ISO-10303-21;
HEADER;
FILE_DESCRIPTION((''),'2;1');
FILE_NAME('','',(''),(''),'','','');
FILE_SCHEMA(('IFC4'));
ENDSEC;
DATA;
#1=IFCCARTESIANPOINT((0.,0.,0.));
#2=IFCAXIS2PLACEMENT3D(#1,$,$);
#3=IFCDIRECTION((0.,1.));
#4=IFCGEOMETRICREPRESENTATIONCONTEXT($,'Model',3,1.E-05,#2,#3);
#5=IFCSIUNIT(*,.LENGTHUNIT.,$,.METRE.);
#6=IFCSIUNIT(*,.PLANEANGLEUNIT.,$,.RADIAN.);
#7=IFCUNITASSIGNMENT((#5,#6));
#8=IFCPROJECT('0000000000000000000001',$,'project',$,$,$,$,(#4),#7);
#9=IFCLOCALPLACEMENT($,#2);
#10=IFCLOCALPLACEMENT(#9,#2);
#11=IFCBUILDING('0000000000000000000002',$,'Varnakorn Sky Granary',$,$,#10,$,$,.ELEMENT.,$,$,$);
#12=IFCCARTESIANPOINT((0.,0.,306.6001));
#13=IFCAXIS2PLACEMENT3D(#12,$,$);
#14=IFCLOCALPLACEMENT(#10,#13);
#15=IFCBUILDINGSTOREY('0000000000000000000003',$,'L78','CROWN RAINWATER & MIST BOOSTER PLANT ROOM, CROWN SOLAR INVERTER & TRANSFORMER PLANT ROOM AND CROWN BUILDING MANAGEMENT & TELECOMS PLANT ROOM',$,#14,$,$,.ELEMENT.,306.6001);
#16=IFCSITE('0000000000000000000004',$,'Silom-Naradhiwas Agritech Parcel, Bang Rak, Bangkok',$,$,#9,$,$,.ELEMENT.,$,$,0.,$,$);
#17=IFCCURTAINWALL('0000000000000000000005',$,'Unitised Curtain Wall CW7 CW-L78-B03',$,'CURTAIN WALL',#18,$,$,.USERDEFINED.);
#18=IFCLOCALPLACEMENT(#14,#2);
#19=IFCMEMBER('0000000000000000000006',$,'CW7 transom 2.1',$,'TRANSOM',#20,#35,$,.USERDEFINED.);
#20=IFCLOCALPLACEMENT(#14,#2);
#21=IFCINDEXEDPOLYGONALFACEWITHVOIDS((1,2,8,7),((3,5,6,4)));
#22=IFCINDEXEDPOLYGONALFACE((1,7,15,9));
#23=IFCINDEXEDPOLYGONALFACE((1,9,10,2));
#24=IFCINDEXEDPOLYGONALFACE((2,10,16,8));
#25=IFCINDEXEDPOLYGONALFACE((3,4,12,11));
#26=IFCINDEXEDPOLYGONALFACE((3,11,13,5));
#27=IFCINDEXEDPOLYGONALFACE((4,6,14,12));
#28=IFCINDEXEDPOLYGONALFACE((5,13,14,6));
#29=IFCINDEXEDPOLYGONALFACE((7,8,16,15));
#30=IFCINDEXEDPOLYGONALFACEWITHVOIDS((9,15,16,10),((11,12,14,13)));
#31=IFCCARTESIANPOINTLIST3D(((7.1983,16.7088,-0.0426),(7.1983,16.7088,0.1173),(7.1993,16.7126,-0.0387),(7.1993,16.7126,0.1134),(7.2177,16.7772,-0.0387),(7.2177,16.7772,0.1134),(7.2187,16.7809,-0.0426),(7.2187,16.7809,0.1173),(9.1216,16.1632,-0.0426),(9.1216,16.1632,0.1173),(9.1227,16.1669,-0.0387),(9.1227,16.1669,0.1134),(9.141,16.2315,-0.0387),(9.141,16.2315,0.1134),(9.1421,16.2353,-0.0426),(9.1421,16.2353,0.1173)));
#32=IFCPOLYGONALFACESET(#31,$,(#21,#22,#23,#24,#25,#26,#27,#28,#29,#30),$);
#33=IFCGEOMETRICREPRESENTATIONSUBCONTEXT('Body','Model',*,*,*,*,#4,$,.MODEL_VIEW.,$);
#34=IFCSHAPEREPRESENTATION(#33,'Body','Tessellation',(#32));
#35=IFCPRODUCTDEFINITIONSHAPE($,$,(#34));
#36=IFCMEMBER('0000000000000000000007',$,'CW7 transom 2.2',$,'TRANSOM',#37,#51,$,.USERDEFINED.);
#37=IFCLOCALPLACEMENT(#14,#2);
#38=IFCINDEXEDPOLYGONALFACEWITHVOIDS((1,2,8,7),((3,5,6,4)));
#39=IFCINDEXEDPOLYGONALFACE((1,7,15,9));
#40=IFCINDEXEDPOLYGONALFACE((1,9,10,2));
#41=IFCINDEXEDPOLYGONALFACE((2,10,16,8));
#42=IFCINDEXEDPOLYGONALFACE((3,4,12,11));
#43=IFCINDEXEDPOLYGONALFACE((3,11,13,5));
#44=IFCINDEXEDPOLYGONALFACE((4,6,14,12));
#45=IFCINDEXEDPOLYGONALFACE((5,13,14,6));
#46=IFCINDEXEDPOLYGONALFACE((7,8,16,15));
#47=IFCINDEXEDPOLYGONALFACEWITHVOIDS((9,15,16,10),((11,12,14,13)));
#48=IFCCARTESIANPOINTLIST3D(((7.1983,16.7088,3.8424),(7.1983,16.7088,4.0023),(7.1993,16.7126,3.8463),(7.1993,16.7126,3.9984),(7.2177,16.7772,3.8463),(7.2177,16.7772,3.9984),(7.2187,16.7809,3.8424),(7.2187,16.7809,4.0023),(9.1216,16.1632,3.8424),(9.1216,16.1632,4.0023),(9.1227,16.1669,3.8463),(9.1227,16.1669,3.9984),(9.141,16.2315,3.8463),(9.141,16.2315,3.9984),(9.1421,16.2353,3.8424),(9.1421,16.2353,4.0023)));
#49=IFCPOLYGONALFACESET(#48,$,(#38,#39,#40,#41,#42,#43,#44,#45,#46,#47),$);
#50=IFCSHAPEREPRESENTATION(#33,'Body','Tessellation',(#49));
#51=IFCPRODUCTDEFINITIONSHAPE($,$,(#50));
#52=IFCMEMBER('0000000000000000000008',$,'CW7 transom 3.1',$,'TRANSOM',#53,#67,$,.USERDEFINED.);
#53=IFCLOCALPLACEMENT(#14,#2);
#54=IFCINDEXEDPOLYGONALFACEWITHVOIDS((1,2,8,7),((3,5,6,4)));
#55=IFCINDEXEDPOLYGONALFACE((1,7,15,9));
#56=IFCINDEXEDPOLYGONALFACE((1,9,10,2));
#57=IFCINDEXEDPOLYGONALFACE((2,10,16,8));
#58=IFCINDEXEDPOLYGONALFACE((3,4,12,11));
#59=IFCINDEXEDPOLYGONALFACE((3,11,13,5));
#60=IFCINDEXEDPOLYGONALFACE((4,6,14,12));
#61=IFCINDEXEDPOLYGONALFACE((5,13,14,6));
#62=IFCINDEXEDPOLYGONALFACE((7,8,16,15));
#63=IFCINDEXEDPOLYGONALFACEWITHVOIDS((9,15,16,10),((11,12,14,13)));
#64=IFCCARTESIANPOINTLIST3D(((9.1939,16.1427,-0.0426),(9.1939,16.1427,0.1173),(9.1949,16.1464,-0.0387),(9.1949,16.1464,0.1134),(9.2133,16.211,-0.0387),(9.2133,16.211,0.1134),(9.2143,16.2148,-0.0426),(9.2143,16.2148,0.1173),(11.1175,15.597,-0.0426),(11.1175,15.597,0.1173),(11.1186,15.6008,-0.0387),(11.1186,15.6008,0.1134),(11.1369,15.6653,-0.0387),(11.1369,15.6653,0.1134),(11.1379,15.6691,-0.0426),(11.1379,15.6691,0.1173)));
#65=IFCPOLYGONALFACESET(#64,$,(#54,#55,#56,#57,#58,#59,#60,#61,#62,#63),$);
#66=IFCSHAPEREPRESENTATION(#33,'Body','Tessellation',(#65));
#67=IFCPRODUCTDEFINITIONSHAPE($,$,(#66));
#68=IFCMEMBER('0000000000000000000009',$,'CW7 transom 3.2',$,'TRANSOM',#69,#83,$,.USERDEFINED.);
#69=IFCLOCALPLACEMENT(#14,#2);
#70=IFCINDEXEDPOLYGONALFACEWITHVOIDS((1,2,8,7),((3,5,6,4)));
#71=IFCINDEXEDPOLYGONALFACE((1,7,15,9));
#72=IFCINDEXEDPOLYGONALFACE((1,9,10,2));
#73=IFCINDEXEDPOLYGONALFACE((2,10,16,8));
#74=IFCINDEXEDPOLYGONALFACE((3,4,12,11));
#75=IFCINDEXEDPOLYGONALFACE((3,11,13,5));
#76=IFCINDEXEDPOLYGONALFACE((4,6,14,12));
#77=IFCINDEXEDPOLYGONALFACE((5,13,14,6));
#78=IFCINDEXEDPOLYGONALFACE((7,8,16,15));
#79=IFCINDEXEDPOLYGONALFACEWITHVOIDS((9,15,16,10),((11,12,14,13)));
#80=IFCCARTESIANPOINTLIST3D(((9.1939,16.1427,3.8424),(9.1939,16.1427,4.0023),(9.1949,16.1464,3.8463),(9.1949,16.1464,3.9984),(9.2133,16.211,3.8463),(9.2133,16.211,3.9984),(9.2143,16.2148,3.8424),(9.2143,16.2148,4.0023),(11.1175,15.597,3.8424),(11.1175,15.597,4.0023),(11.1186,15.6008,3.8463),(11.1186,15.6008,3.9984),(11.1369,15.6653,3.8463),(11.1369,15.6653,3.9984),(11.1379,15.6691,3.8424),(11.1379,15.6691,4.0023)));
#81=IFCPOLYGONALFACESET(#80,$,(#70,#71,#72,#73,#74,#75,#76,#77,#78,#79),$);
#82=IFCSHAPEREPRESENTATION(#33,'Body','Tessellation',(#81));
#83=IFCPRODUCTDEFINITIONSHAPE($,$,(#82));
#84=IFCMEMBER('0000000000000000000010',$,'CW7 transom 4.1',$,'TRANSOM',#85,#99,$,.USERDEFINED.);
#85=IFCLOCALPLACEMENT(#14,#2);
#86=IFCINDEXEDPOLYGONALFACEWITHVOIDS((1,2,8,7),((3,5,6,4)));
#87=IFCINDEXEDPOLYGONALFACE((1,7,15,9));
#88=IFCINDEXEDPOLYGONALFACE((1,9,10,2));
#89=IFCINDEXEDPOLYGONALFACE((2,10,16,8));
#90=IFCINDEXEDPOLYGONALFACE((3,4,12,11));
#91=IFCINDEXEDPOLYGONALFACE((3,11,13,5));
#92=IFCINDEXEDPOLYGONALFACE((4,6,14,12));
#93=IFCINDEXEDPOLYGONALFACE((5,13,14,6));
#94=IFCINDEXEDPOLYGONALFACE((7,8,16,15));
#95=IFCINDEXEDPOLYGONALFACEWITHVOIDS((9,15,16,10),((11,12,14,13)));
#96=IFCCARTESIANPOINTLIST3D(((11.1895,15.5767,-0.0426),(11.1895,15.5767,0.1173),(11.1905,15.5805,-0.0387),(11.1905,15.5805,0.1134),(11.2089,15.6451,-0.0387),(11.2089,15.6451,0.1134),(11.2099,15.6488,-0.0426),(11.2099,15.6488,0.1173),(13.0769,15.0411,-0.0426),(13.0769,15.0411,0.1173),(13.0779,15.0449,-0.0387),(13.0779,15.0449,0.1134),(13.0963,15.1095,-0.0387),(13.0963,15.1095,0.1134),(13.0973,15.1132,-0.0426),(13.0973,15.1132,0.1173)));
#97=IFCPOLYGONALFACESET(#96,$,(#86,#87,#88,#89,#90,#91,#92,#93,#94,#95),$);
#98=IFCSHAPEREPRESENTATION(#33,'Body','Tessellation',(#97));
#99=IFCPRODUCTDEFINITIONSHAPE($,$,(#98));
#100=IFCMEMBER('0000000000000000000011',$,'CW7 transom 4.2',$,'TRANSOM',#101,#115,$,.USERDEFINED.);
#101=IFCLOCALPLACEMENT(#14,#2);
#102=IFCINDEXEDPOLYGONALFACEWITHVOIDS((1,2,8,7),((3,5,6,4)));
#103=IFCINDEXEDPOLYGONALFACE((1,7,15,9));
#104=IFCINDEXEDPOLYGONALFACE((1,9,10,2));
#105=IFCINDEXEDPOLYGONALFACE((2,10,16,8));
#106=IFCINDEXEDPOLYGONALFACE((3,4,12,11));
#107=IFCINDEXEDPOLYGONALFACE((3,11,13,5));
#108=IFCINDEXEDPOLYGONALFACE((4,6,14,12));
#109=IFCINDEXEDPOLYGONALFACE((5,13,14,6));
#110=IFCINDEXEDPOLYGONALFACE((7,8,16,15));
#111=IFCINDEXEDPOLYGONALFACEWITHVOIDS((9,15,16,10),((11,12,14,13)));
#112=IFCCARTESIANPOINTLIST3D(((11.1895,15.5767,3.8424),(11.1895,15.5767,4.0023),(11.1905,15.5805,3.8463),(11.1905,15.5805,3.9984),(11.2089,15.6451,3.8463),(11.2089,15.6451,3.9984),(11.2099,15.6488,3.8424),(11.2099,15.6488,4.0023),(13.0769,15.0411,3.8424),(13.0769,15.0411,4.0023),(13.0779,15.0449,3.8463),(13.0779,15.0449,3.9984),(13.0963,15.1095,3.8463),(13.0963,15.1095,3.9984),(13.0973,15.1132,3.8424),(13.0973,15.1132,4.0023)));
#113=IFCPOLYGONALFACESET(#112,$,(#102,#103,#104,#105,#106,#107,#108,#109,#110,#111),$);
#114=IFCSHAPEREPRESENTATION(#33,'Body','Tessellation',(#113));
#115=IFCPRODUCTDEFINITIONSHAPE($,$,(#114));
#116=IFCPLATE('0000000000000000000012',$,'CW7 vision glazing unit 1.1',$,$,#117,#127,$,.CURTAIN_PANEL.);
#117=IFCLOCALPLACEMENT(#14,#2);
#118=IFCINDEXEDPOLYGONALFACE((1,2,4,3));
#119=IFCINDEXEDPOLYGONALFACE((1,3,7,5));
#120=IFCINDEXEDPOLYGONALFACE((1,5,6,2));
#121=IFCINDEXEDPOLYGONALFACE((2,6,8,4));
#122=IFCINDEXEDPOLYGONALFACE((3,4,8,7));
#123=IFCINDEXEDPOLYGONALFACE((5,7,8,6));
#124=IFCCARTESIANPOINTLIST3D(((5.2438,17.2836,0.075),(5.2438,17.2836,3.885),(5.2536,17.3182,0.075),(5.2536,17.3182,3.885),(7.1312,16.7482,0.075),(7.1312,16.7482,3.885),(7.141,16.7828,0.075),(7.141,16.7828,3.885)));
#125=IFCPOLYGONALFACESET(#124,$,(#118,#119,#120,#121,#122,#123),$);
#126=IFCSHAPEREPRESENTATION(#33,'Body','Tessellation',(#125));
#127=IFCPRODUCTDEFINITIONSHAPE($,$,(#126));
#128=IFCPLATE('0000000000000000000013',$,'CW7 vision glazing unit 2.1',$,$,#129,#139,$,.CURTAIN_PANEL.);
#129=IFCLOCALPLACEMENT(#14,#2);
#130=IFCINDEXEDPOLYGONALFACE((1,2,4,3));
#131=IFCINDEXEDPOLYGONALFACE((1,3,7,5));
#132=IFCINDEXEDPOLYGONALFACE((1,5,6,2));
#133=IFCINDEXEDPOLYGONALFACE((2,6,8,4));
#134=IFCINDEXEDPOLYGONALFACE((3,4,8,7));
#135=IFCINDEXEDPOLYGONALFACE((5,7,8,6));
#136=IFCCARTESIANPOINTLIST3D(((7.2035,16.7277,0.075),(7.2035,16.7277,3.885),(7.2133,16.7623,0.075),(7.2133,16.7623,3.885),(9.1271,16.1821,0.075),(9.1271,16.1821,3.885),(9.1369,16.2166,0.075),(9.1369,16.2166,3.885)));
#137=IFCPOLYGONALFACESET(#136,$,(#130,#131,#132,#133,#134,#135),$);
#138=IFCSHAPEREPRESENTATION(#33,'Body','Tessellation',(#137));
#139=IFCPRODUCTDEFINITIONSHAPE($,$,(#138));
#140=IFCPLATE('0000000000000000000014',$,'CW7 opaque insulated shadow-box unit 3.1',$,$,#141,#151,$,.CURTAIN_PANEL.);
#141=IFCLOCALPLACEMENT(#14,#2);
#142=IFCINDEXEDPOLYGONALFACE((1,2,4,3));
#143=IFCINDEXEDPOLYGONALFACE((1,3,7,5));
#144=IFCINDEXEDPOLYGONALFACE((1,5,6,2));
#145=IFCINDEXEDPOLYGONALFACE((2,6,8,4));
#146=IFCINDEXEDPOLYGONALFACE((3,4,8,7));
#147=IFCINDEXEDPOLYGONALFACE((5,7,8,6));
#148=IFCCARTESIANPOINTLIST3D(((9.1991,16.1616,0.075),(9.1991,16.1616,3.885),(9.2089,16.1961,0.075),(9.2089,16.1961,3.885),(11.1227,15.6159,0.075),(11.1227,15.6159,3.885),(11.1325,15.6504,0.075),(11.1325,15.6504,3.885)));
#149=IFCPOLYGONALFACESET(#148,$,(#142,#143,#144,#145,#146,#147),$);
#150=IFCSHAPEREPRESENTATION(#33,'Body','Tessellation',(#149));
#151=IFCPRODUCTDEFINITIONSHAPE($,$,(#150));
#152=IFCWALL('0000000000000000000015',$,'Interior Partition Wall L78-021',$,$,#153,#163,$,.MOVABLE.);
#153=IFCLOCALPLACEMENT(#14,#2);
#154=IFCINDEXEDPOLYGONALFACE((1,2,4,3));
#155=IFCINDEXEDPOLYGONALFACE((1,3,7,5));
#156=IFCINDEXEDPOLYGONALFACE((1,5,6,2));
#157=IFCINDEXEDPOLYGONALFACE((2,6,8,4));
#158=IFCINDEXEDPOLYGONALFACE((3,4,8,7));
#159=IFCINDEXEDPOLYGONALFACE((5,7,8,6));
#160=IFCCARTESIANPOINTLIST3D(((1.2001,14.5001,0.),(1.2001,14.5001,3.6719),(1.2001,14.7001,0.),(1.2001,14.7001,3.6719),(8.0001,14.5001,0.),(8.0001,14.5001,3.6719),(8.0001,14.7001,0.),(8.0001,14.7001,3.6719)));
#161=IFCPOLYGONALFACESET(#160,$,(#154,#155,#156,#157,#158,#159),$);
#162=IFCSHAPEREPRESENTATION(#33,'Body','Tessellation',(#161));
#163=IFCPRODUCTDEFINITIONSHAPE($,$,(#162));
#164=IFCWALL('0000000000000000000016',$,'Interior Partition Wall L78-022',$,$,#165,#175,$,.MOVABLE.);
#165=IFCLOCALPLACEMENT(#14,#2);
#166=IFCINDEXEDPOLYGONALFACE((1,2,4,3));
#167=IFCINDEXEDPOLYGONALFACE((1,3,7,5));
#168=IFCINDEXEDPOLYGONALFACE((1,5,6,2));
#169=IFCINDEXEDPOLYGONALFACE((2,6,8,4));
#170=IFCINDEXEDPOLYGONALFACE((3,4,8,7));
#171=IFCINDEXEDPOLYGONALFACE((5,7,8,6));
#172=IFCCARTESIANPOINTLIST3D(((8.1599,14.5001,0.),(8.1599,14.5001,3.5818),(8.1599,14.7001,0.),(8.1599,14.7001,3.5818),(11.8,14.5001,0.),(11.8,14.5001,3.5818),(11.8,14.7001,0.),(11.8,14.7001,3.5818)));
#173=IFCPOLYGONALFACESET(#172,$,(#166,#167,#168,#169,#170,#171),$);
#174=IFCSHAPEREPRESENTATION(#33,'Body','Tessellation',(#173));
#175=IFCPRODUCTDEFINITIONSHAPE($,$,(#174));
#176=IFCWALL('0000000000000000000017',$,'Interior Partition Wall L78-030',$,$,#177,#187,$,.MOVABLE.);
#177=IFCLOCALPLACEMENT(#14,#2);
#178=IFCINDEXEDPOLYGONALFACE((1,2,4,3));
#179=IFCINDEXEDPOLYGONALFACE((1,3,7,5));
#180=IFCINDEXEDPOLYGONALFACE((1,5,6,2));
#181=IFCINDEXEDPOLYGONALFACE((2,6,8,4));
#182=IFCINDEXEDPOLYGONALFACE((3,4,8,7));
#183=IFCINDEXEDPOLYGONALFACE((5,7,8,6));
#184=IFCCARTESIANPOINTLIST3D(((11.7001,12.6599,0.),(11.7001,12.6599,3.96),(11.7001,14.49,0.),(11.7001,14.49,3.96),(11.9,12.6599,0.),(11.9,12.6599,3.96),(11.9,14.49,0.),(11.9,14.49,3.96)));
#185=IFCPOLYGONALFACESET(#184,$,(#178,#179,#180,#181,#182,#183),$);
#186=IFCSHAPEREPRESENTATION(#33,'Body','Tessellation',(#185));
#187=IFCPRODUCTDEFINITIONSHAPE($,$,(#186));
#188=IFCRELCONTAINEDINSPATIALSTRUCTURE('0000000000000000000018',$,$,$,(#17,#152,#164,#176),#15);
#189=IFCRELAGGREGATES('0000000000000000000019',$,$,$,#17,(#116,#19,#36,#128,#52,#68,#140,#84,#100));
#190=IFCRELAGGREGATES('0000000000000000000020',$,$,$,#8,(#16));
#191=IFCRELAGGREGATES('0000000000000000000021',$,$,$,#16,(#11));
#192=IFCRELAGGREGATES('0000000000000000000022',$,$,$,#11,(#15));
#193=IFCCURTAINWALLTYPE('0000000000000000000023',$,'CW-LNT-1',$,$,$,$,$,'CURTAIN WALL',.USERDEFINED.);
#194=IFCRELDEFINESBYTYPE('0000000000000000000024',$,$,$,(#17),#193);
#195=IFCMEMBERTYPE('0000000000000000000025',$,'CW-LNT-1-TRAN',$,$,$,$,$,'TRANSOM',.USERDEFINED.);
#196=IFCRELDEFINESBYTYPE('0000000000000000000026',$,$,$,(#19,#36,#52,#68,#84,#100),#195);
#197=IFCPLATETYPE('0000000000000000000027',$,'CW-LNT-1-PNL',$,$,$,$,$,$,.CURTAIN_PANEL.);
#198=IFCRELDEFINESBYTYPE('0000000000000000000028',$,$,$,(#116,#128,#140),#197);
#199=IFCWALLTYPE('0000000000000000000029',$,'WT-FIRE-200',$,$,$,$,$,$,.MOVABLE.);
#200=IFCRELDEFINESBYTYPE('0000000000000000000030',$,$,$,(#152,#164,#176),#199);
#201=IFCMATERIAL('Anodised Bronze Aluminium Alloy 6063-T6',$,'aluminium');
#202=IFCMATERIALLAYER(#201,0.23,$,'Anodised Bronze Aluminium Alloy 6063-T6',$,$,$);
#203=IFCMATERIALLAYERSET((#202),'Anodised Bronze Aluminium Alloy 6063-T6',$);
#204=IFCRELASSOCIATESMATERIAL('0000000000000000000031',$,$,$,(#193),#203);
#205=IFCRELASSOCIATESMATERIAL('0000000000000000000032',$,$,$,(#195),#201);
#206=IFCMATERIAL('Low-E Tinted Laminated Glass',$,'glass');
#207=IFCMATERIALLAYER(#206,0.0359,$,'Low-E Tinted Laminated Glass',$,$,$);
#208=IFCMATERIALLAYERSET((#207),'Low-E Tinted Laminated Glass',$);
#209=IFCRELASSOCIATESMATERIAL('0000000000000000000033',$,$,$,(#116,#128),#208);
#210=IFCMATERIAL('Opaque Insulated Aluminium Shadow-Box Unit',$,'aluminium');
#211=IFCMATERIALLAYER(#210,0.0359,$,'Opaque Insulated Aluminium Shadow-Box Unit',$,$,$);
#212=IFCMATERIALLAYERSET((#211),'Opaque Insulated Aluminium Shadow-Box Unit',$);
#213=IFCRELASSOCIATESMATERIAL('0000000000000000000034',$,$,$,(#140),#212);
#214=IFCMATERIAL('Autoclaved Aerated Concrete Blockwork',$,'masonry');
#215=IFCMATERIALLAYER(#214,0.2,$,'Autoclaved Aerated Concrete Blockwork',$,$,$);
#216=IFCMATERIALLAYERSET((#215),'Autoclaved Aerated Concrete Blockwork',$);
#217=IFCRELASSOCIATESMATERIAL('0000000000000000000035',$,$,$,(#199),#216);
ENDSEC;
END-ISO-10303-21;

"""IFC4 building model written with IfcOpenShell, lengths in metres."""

from ifc_helpers import new_model, si_unit, direction, frame, frame_2d, origin, origin_2d, place, context, subcontext, project, spatial, rectangle, hollow_rectangle, extrude, source, transform, mapped, material, layer, layer_set, material_profile, profile_set, type_object, type_shapes, element, aggregate, save


model = new_model("IFC4")

# Units and contexts
model_context = context("Model", 3, precision=1e-05, world=origin(), true_north=direction((0.0, 1.0)))
body_context = subcontext(model_context, "Body", "Model", "MODEL_VIEW")
ifc_project = project(units=[si_unit("LENGTHUNIT", "METRE"), si_unit("PLANEANGLEUNIT", "RADIAN")], contexts=[model_context])

# Site, building, storey
site_placement = place(None, origin())
site = spatial("IfcSite", under=ifc_project, at=site_placement, Name="Silom-Naradhiwas Agritech Parcel, Bang Rak, Bangkok", CompositionType="ELEMENT", RefElevation=0.0)
building_placement = place(site_placement, origin())
building = spatial("IfcBuilding", under=site, at=building_placement, Name="Varnakorn Sky Granary", CompositionType="ELEMENT")
storey_placement = place(building_placement, frame((0.0, 0.0, 306.6001)))
storey = spatial("IfcBuildingStorey", under=building, at=storey_placement, Name="L78", Description="CROWN RAINWATER & MIST BOOSTER PLANT ROOM, CROWN SOLAR INVERTER & TRANSFORMER PLANT ROOM AND CROWN BUILDING MANAGEMENT & TELECOMS PLANT ROOM", CompositionType="ELEMENT", Elevation=306.6001)

# Curtain wall, members, plates
ifc_material_1 = material(Name="Anodised Bronze Aluminium Alloy 6063-T6", Category="aluminium")
ifc_layer_1 = layer(ifc_material_1, 0.23, Name="Anodised Bronze Aluminium Alloy 6063-T6")
ifc_layer_set_1 = layer_set([ifc_layer_1], Name="Anodised Bronze Aluminium Alloy 6063-T6")
curtain_wall_type = type_object("IfcCurtainWallType", Name="CW-LNT-1", ElementType="CURTAIN WALL", PredefinedType="USERDEFINED", material=ifc_layer_set_1)
curtain_wall_placement = place(storey_placement, origin())
curtain_wall = element("IfcCurtainWall", 1, at=curtain_wall_placement, inside=storey, type_object=curtain_wall_type, Name="Unitised Curtain Wall CW7 CW-L78-B03", ObjectType="CURTAIN WALL", PredefinedType="USERDEFINED")
ifc_material_profile_1 = material_profile(ifc_material_1, hollow_rectangle(XDim=0.075, YDim=0.1599, WallThickness=0.0039, at=origin_2d()), Name="ALU TRAN 75x160")
ifc_profile_set_1 = profile_set([ifc_material_profile_1], Name="Anodised Bronze Aluminium Alloy 6063-T6")
member_type_1 = type_object("IfcMemberType", Name="CW-LNT-1-TRAN", ElementType="TRANSOM", PredefinedType="USERDEFINED", material=ifc_profile_set_1)
member_1_placement = place(storey_placement, frame((7.2085, 16.7449, 0.0374), z_axis=(0.962034, -0.27293, 0.0), x_axis=(0.27293, 0.962034, 0.0)))
member_1 = element("IfcMember", 2, at=member_1_placement, type_object=member_type_1, Name="CW7 transom 2.1", ObjectType="TRANSOM", PredefinedType="USERDEFINED", context=body_context, shape_type="SweptSolid", body=[
    extrude(hollow_rectangle(XDim=0.075, YDim=0.1599, WallThickness=0.0039, at=origin_2d()), origin(), (0.0, 0.0, 1.0), 1.9993),
])
member_2_placement = place(storey_placement, frame((7.2085, 16.7449, 3.9224), z_axis=(0.962034, -0.27293, 0.0), x_axis=(0.27293, 0.962034, 0.0)))
member_2 = element("IfcMember", 3, at=member_2_placement, type_object=member_type_1, Name="CW7 transom 2.2", ObjectType="TRANSOM", PredefinedType="USERDEFINED", context=body_context, shape_type="SweptSolid", body=[
    extrude(hollow_rectangle(XDim=0.075, YDim=0.1599, WallThickness=0.0039, at=origin_2d()), origin(), (0.0, 0.0, 1.0), 1.9993),
])
member_3_placement = place(storey_placement, frame((9.2041, 16.1787, 0.0374), z_axis=(0.962043, -0.272898, 0.0), x_axis=(0.272898, 0.962043, 0.0)))
member_3 = element("IfcMember", 4, at=member_3_placement, type_object=member_type_1, Name="CW7 transom 3.1", ObjectType="TRANSOM", PredefinedType="USERDEFINED", context=body_context, shape_type="SweptSolid", body=[
    extrude(hollow_rectangle(XDim=0.075, YDim=0.1599, WallThickness=0.0039, at=origin_2d()), origin(), (0.0, 0.0, 1.0), 1.9995),
])
member_4_placement = place(storey_placement, frame((9.2041, 16.1787, 3.9224), z_axis=(0.962043, -0.272898, 0.0), x_axis=(0.272898, 0.962043, 0.0)))
member_4 = element("IfcMember", 5, at=member_4_placement, type_object=member_type_1, Name="CW7 transom 3.2", ObjectType="TRANSOM", PredefinedType="USERDEFINED", context=body_context, shape_type="SweptSolid", body=[
    extrude(hollow_rectangle(XDim=0.075, YDim=0.1599, WallThickness=0.0039, at=origin_2d()), origin(), (0.0, 0.0, 1.0), 1.9995),
])
member_5_placement = place(storey_placement, frame((11.1997, 15.6128, 0.0374), z_axis=(0.962011, -0.273011, 0.0), x_axis=(0.273011, 0.962011, 0.0)))
member_5 = element("IfcMember", 6, at=member_5_placement, type_object=member_type_1, Name="CW7 transom 4.1", ObjectType="TRANSOM", PredefinedType="USERDEFINED", context=body_context, shape_type="SweptSolid", body=[
    extrude(hollow_rectangle(XDim=0.075, YDim=0.1599, WallThickness=0.0039, at=origin_2d()), origin(), (0.0, 0.0, 1.0), 1.9619),
])
member_6_placement = place(storey_placement, frame((11.1997, 15.6128, 3.9224), z_axis=(0.962011, -0.273011, 0.0), x_axis=(0.273011, 0.962011, 0.0)))
member_6 = element("IfcMember", 7, at=member_6_placement, type_object=member_type_1, Name="CW7 transom 4.2", ObjectType="TRANSOM", PredefinedType="USERDEFINED", context=body_context, shape_type="SweptSolid", body=[
    extrude(hollow_rectangle(XDim=0.075, YDim=0.1599, WallThickness=0.0039, at=origin_2d()), origin(), (0.0, 0.0, 1.0), 1.9619),
])
ifc_material_2 = material(Name="Low-E Tinted Laminated Glass", Category="glass")
ifc_layer_2 = layer(ifc_material_2, 0.0359, Name="Low-E Tinted Laminated Glass")
ifc_layer_set_2 = layer_set([ifc_layer_2], Name="Low-E Tinted Laminated Glass")
plate_type = type_object("IfcPlateType", Name="CW-LNT-1-PNL", PredefinedType="CURTAIN_PANEL")
shared_shape_1 = source(origin(), body_context, "Body", "SweptSolid", [
    extrude(rectangle(XDim=1.9619, YDim=0.0359, at=origin_2d()), origin(), (0.0, 0.0, 1.0), 3.8101),
])
plate_1_placement = place(storey_placement, frame((6.1924, 17.0332, 0.075), z_axis=(0.0, 0.0, 1.0), x_axis=(0.962041, -0.272905, 0.0)))
plate_1 = element("IfcPlate", 8, at=plate_1_placement, type_object=plate_type, material=ifc_layer_set_2, Name="CW7 vision glazing unit 1.1", PredefinedType="CURTAIN_PANEL", context=body_context, shape_type="MappedRepresentation", body=[
    mapped(shared_shape_1, transform((0.0, 0.0, 0.0), x_axis=(1.0, 0.0, 0.0), y_axis=(0.0, 1.0, 0.0), z_axis=(0.0, 0.0, 1.0), scale=1.0)),
])
shared_shape_2 = source(origin(), body_context, "Body", "SweptSolid", [
    extrude(rectangle(XDim=1.9995, YDim=0.0359, at=origin_2d()), origin(), (0.0, 0.0, 1.0), 3.8101),
])
type_shapes(plate_type, [shared_shape_1, shared_shape_2])
plate_2_placement = place(storey_placement, frame((8.1702, 16.4722, 0.075), z_axis=(0.0, 0.0, 1.0), x_axis=(0.962041, -0.272905, 0.0)))
plate_2 = element("IfcPlate", 9, at=plate_2_placement, type_object=plate_type, material=ifc_layer_set_2, Name="CW7 vision glazing unit 2.1", PredefinedType="CURTAIN_PANEL", context=body_context, shape_type="MappedRepresentation", body=[
    mapped(shared_shape_2, transform((0.0, 0.0, 0.0), x_axis=(1.0, 0.0, 0.0), y_axis=(0.0, 1.0, 0.0), z_axis=(0.0, 0.0, 1.0), scale=1.0)),
])
ifc_material_3 = material(Name="Opaque Insulated Aluminium Shadow-Box Unit", Category="aluminium")
ifc_layer_3 = layer(ifc_material_3, 0.0359, Name="Opaque Insulated Aluminium Shadow-Box Unit")
ifc_layer_set_3 = layer_set([ifc_layer_3], Name="Opaque Insulated Aluminium Shadow-Box Unit")
plate_3_placement = place(storey_placement, frame((10.1658, 15.906, 0.075), z_axis=(0.0, 0.0, 1.0), x_axis=(0.962041, -0.272905, 0.0)))
plate_3 = element("IfcPlate", 10, at=plate_3_placement, type_object=plate_type, material=ifc_layer_set_3, Name="CW7 opaque insulated shadow-box unit 3.1", PredefinedType="CURTAIN_PANEL", context=body_context, shape_type="MappedRepresentation", body=[
    mapped(shared_shape_2, transform((0.0, 0.0, 0.0), x_axis=(1.0, 0.0, 0.0), y_axis=(0.0, 1.0, 0.0), z_axis=(0.0, 0.0, 1.0), scale=1.0)),
])
aggregate(curtain_wall, [plate_1, member_1, member_2, plate_2, member_3, member_4, plate_3, member_5, member_6])

# Walls
ifc_material_4 = material(Name="Autoclaved Aerated Concrete Blockwork", Category="masonry")
ifc_layer_4 = layer(ifc_material_4, 0.2, Name="Autoclaved Aerated Concrete Blockwork")
ifc_layer_set_4 = layer_set([ifc_layer_4], Name="Autoclaved Aerated Concrete Blockwork")
wall_type = type_object("IfcWallType", Name="WT-FIRE-200", PredefinedType="MOVABLE", material=ifc_layer_set_4)
wall_1_placement = place(storey_placement, frame((8.0, 14.6001, 0.0), z_axis=(0.0, 0.0, 1.0), x_axis=(-1.0, 0.0, 0.0)))
element("IfcWall", 11, at=wall_1_placement, inside=storey, type_object=wall_type, Name="Interior Partition Wall L78-021", PredefinedType="MOVABLE", context=body_context, shape_type="SweptSolid", body=[
    extrude(rectangle(XDim=6.8, YDim=0.2, at=frame_2d((3.3999, 0.0))), origin(), (0.0, 0.0, 1.0), 3.6719),
])
wall_2_placement = place(storey_placement, frame((11.8, 14.6001, 0.0), z_axis=(0.0, 0.0, 1.0), x_axis=(-1.0, 0.0, 0.0)))
element("IfcWall", 12, at=wall_2_placement, inside=storey, type_object=wall_type, Name="Interior Partition Wall L78-022", PredefinedType="MOVABLE", context=body_context, shape_type="SweptSolid", body=[
    extrude(rectangle(XDim=3.6401, YDim=0.2, at=frame_2d((1.8201, 0.0))), origin(), (0.0, 0.0, 1.0), 3.5818),
])
wall_3_placement = place(storey_placement, frame((11.8, 12.6599, 0.0), z_axis=(0.0, 0.0, 1.0), x_axis=(0.0, 1.0, 0.0)))
element("IfcWall", 13, at=wall_3_placement, inside=storey, type_object=wall_type, Name="Interior Partition Wall L78-030", PredefinedType="MOVABLE", context=body_context, shape_type="SweptSolid", body=[
    extrude(rectangle(XDim=1.8301, YDim=0.2, at=frame_2d((0.915, 0.0))), origin(), (0.0, 0.0, 1.0), 3.96),
])

save(model, "model.ifc")
